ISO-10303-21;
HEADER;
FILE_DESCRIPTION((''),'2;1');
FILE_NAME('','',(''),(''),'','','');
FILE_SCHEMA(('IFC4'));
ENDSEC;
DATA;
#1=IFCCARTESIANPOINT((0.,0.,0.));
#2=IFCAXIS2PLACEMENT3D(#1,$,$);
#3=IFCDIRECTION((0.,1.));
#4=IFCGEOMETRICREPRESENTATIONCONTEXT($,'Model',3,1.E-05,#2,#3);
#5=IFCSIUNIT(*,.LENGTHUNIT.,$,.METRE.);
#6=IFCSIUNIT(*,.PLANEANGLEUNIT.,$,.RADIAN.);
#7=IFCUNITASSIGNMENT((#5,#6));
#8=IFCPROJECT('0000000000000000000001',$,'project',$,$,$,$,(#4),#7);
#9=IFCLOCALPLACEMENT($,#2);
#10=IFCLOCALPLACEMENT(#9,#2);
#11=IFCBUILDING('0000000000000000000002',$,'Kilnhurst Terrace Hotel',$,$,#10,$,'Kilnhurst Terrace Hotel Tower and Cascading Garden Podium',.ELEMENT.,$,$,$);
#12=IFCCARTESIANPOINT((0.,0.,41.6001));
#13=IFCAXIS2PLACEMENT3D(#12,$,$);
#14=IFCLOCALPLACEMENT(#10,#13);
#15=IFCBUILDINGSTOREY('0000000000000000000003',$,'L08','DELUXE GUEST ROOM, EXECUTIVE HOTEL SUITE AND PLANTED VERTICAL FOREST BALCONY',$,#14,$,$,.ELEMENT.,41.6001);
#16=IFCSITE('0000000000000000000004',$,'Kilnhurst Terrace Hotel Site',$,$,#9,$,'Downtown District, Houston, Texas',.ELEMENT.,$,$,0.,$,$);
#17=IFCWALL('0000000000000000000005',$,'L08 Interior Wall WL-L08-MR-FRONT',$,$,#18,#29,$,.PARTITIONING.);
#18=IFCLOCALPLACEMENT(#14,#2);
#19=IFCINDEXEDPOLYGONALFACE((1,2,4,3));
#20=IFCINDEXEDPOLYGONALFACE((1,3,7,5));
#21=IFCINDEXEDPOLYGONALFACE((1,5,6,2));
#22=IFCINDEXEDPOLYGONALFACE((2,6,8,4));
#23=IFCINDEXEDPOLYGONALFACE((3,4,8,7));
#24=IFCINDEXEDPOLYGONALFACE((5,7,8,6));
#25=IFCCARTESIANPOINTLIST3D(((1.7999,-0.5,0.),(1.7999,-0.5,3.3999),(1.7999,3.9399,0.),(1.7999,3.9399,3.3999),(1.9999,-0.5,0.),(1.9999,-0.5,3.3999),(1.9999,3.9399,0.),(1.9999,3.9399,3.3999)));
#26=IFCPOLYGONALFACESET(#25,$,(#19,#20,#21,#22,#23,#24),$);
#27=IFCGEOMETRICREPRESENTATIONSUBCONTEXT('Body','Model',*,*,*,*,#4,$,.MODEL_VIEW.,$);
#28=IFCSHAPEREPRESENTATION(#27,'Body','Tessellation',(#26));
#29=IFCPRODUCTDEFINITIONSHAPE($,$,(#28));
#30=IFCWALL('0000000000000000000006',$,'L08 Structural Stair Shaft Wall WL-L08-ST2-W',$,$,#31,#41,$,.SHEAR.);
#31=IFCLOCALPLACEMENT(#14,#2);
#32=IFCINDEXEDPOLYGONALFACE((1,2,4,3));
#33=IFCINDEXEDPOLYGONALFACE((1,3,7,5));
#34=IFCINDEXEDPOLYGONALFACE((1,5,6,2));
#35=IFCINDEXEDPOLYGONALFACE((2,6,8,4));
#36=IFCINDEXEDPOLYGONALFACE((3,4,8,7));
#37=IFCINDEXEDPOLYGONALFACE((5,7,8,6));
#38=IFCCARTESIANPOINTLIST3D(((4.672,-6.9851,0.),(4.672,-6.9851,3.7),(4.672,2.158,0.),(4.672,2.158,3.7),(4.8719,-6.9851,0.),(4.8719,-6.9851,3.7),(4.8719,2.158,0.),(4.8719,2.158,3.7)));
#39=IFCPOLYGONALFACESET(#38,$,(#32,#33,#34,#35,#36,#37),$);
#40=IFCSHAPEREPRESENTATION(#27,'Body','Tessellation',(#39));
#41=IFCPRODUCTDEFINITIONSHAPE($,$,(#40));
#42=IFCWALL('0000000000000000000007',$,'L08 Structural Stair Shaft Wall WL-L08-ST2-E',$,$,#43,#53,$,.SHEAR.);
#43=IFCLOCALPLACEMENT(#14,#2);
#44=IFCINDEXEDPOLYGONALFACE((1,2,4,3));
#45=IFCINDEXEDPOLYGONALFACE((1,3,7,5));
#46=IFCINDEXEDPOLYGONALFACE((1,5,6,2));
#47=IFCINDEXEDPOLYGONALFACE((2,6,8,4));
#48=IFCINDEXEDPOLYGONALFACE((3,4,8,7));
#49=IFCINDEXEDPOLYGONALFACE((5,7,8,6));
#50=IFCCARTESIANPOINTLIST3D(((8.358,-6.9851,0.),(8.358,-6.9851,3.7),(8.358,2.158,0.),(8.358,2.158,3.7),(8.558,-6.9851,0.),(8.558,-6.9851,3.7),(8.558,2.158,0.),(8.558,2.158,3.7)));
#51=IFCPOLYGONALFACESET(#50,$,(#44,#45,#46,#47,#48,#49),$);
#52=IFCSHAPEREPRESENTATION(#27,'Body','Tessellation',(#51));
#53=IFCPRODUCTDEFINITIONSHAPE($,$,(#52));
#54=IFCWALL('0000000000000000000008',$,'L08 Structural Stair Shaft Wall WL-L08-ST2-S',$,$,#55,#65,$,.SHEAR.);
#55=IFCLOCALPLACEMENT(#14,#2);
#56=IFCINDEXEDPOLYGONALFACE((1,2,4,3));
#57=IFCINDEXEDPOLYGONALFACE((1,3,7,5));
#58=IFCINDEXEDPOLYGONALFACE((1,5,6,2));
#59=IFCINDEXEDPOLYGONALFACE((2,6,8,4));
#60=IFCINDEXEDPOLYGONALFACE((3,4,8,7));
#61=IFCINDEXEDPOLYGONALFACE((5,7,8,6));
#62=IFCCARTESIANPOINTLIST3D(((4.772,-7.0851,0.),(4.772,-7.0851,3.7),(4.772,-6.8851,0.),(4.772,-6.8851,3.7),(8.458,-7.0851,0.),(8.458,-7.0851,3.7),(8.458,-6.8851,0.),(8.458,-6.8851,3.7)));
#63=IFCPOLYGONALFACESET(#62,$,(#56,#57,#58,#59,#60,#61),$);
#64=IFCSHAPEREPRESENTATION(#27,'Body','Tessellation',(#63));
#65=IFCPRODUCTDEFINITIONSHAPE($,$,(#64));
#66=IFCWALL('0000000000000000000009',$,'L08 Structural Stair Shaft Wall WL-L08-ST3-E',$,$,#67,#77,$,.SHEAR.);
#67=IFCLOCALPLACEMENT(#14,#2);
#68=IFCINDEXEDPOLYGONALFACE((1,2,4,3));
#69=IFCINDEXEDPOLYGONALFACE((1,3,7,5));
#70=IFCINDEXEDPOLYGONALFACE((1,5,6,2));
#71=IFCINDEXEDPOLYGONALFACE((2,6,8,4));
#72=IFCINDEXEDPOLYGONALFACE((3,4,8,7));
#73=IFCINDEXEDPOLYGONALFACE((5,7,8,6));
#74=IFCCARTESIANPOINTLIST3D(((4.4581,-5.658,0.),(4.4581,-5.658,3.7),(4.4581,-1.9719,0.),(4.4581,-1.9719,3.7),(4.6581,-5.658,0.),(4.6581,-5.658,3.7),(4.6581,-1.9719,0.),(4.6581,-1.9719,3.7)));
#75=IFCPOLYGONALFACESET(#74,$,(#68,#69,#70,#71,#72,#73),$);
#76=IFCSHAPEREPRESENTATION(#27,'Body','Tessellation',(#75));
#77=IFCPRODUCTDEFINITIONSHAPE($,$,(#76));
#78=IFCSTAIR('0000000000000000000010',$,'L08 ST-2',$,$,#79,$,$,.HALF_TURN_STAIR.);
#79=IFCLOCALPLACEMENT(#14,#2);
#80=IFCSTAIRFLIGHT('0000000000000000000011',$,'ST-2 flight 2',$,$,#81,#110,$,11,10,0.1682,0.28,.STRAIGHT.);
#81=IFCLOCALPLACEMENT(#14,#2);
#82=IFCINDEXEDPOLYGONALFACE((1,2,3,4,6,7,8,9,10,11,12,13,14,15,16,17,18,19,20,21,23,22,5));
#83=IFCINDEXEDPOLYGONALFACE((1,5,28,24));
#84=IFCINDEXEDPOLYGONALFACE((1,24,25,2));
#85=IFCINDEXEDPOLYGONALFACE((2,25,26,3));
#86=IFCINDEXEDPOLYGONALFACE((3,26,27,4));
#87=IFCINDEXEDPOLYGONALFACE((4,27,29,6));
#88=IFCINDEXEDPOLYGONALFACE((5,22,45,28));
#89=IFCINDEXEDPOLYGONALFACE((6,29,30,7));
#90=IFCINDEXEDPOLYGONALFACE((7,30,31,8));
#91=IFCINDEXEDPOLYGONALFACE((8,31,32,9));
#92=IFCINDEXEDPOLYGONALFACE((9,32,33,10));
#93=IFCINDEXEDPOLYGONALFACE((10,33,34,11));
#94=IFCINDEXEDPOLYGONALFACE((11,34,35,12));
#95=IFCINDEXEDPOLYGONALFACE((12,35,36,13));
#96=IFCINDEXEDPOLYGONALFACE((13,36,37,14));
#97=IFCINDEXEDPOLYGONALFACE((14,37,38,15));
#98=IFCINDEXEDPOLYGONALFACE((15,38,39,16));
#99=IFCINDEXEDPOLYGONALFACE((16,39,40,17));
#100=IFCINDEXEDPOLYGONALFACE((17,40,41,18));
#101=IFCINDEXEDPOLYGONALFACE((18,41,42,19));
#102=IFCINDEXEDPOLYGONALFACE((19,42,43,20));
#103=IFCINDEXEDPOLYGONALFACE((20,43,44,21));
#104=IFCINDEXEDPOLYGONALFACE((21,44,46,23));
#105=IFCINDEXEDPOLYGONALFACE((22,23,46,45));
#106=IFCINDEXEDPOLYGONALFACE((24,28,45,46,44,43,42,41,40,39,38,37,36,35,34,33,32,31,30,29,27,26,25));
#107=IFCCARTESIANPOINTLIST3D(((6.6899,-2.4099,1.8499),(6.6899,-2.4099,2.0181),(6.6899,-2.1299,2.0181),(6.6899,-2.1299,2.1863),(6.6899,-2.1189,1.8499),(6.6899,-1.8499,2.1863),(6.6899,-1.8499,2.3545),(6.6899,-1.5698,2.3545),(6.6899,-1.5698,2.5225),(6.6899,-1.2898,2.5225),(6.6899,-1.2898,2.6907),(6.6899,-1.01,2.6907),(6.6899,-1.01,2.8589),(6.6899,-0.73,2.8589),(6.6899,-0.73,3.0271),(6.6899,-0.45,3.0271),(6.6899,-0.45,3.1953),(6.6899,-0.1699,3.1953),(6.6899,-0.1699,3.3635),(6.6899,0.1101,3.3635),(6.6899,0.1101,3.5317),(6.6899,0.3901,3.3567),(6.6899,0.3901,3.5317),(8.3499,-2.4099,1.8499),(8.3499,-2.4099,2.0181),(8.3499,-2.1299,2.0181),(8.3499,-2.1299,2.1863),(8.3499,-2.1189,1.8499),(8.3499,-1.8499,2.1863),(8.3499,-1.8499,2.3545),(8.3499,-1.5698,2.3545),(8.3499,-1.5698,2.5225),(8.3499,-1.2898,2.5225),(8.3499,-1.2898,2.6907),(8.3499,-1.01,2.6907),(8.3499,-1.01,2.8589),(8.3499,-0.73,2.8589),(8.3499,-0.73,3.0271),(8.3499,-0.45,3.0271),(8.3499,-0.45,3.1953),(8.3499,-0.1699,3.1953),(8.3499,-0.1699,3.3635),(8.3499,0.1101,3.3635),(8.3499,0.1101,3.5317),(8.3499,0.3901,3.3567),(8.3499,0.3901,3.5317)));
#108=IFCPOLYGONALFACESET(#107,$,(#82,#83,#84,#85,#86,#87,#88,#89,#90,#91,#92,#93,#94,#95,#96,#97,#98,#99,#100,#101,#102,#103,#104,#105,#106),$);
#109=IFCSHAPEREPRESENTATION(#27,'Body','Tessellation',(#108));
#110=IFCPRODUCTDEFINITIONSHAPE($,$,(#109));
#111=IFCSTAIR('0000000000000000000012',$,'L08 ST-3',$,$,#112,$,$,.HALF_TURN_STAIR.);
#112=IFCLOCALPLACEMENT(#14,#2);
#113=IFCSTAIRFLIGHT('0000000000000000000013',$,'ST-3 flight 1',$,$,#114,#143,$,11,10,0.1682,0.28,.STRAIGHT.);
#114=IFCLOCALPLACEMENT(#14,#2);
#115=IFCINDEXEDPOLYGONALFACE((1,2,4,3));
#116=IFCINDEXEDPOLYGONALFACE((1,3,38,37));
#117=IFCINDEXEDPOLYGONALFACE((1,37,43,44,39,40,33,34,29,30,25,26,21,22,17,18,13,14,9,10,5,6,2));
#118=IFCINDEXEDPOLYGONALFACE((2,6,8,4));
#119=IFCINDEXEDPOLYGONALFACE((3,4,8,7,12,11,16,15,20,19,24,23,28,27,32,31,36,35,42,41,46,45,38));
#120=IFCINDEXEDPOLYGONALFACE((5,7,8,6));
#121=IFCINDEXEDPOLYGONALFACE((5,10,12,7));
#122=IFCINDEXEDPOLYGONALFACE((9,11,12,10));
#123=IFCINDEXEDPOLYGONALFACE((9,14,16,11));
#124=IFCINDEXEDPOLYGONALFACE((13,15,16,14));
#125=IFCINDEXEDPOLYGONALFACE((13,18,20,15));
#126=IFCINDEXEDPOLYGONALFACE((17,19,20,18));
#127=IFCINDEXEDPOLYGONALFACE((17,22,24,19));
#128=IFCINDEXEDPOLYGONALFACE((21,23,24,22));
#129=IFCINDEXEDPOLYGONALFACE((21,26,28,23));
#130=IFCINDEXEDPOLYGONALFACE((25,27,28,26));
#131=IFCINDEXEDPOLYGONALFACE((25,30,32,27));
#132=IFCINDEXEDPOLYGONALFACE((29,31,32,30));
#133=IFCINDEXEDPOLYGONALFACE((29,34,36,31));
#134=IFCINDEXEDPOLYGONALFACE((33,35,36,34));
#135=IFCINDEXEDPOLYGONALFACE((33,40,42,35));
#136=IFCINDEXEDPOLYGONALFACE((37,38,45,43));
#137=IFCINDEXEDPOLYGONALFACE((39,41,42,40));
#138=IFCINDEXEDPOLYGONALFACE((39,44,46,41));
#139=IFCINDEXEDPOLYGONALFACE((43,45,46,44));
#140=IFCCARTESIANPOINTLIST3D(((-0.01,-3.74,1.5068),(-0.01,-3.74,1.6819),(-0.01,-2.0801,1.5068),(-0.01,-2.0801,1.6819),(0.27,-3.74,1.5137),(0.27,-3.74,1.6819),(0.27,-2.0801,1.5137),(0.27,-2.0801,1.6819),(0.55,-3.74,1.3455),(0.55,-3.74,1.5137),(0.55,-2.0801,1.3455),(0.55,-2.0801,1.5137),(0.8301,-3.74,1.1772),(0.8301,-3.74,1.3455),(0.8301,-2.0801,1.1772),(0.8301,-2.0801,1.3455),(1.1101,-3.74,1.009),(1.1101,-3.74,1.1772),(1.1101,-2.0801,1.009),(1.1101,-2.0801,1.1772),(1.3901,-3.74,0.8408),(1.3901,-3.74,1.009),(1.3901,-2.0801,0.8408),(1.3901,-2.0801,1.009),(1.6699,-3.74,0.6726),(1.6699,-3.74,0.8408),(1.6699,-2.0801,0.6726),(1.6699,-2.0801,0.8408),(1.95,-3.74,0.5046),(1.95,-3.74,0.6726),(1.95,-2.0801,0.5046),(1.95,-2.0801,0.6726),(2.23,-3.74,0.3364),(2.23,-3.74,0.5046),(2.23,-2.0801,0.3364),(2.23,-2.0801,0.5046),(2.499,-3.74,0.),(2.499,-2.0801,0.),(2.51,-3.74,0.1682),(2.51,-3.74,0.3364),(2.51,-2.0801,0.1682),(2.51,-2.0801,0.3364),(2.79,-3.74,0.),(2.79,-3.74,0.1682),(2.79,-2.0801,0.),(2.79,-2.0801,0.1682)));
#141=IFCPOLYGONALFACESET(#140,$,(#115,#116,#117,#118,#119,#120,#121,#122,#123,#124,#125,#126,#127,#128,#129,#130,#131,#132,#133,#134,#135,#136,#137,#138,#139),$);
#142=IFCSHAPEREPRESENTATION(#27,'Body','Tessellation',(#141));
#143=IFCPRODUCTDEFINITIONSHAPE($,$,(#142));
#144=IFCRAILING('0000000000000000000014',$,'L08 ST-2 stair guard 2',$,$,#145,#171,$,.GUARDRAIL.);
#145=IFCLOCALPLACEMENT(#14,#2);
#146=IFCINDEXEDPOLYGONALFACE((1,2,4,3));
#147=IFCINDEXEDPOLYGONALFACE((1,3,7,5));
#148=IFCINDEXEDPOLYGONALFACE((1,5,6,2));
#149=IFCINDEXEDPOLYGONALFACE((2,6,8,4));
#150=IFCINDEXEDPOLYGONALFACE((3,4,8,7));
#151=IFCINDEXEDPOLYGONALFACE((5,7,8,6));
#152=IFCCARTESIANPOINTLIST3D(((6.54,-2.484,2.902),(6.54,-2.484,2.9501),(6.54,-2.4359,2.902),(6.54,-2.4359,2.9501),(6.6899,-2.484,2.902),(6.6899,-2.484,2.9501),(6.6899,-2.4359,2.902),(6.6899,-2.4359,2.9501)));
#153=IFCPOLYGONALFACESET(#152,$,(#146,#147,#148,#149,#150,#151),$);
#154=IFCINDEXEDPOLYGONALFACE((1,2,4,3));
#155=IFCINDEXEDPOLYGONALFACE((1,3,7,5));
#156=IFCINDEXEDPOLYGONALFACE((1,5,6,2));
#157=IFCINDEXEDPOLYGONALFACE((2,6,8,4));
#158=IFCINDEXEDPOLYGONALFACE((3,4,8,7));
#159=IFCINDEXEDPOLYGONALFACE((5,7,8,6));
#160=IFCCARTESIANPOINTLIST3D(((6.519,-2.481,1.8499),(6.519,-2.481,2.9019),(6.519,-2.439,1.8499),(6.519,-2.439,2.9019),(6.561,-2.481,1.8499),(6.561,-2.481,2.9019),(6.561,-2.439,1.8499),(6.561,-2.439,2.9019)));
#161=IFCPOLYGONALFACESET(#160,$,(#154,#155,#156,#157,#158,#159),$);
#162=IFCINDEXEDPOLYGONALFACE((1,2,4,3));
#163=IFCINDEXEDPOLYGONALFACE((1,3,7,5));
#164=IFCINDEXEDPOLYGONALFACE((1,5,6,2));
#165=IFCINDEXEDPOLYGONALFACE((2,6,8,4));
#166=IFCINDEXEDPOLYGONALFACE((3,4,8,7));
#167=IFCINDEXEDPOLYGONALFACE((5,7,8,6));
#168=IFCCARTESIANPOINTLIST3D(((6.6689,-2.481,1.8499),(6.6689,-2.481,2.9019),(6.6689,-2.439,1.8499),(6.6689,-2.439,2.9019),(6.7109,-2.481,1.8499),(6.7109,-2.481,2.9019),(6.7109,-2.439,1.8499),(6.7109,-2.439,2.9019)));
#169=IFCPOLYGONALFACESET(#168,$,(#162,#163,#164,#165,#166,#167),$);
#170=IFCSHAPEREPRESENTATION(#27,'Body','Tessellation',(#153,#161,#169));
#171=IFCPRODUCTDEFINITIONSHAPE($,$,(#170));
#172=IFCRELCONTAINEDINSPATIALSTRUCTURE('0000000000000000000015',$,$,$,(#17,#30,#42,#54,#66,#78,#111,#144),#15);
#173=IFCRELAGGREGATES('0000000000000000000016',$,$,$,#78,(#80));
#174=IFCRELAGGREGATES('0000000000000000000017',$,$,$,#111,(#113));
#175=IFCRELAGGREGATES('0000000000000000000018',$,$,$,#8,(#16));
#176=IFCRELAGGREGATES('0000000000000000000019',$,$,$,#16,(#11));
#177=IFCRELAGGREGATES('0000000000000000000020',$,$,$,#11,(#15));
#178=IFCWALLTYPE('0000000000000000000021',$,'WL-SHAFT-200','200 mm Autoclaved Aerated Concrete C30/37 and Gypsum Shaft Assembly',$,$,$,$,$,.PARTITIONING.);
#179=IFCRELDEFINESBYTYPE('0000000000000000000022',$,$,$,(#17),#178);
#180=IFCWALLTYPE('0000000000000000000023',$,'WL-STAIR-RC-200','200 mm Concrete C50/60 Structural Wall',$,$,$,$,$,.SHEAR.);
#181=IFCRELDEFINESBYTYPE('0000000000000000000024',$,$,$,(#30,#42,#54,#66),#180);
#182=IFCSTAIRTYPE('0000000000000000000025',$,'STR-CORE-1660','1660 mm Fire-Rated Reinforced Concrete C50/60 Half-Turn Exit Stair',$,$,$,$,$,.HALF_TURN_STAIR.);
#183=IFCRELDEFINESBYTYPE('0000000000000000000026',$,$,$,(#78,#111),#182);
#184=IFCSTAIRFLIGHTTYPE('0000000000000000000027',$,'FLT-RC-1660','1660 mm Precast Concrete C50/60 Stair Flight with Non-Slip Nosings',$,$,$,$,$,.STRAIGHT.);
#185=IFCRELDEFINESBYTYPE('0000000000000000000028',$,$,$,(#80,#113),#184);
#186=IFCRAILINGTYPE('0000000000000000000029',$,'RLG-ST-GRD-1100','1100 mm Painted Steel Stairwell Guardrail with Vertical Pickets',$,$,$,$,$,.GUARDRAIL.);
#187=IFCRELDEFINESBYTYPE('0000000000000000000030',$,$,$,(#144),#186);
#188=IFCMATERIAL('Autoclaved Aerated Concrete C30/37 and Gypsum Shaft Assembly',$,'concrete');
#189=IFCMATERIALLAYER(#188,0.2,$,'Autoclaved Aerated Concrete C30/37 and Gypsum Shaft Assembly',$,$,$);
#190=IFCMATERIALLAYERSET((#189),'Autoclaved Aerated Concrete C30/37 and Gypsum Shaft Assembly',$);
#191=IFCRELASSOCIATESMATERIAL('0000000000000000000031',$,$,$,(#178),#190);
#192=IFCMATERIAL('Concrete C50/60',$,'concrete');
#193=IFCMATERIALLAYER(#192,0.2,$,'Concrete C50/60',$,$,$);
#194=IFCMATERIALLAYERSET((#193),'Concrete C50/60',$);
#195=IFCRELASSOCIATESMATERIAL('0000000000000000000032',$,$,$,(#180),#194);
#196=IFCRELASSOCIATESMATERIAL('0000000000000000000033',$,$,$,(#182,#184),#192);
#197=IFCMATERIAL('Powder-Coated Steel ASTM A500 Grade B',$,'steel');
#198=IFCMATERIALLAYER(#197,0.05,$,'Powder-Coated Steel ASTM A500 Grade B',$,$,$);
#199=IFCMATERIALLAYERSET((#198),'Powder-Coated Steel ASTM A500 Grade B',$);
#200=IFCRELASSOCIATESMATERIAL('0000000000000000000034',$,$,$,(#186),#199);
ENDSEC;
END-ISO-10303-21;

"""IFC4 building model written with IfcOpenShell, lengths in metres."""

from ifc_helpers import new_model, si_unit, direction, frame, frame_2d, origin, origin_2d, place, context, subcontext, project, spatial, polyline, rectangle, outline, extrude, material, layer, layer_set, type_object, element, aggregate, save


model = new_model("IFC4")

# Units and contexts
model_context = context("Model", 3, precision=1e-05, world=origin(), true_north=direction((0.0, 1.0)))
body_context = subcontext(model_context, "Body", "Model", "MODEL_VIEW")
ifc_project = project(units=[si_unit("LENGTHUNIT", "METRE"), si_unit("PLANEANGLEUNIT", "RADIAN")], contexts=[model_context])

# Site, building, storey
site_placement = place(None, origin())
site = spatial("IfcSite", under=ifc_project, at=site_placement, Name="Kilnhurst Terrace Hotel Site", LongName="Downtown District, Houston, Texas", CompositionType="ELEMENT", RefElevation=0.0)
building_placement = place(site_placement, origin())
building = spatial("IfcBuilding", under=site, at=building_placement, Name="Kilnhurst Terrace Hotel", LongName="Kilnhurst Terrace Hotel Tower and Cascading Garden Podium", CompositionType="ELEMENT")
storey_placement = place(building_placement, frame((0.0, 0.0, 41.6001)))
storey = spatial("IfcBuildingStorey", under=building, at=storey_placement, Name="L08", Description="DELUXE GUEST ROOM, EXECUTIVE HOTEL SUITE AND PLANTED VERTICAL FOREST BALCONY", CompositionType="ELEMENT", Elevation=41.6001)

# Shared definitions
ifc_material_1 = material(Name="Concrete C50/60", Category="concrete")

# Walls
ifc_material_2 = material(Name="Autoclaved Aerated Concrete C30/37 and Gypsum Shaft Assembly", Category="concrete")
ifc_layer_1 = layer(ifc_material_2, 0.2, Name="Autoclaved Aerated Concrete C30/37 and Gypsum Shaft Assembly")
ifc_layer_set_1 = layer_set([ifc_layer_1], Name="Autoclaved Aerated Concrete C30/37 and Gypsum Shaft Assembly")
wall_type_1 = type_object("IfcWallType", Name="WL-SHAFT-200", Description="200 mm Autoclaved Aerated Concrete C30/37 and Gypsum Shaft Assembly", PredefinedType="PARTITIONING", material=ifc_layer_set_1)
wall_1_placement = place(storey_placement, frame((1.8999, -0.5, 0.0), z_axis=(0.0, 0.0, 1.0), x_axis=(0.0, 1.0, 0.0)))
element("IfcWall", 1, at=wall_1_placement, inside=storey, type_object=wall_type_1, Name="L08 Interior Wall WL-L08-MR-FRONT", PredefinedType="PARTITIONING", context=body_context, shape_type="SweptSolid", body=[
    extrude(rectangle(XDim=4.4399, YDim=0.2, at=frame_2d((2.22, 0.0))), origin(), (0.0, 0.0, 1.0), 3.3999),
])
ifc_layer_2 = layer(ifc_material_1, 0.2, Name="Concrete C50/60")
ifc_layer_set_2 = layer_set([ifc_layer_2], Name="Concrete C50/60")
wall_type_2 = type_object("IfcWallType", Name="WL-STAIR-RC-200", Description="200 mm Concrete C50/60 Structural Wall", PredefinedType="SHEAR", material=ifc_layer_set_2)
for number, where, z_axis, x_axis, name in (
    (2, (4.772, -6.9851, 0.0), (0.0, 0.0, 1.0), (0.0, 1.0, 0.0), "L08 Structural Stair Shaft Wall WL-L08-ST2-W"),
    (3, (8.458, -6.9851, 0.0), (0.0, 0.0, 1.0), (0.0, 1.0, 0.0), "L08 Structural Stair Shaft Wall WL-L08-ST2-E"),
):
    element("IfcWall", number, at=place(storey_placement, frame(where, z_axis=z_axis, x_axis=x_axis)), inside=storey, type_object=wall_type_2, Name=name, PredefinedType="SHEAR", context=body_context, shape_type="SweptSolid", body=[
        extrude(rectangle(XDim=9.1431, YDim=0.2, at=frame_2d((4.5715, 0.0))), origin(), (0.0, 0.0, 1.0), 3.7),
    ])
for number, where, z_axis, x_axis, name in (
    (4, (4.772, -6.9851, 0.0), (0.0, 0.0, 1.0), (1.0, 0.0, 0.0), "L08 Structural Stair Shaft Wall WL-L08-ST2-S"),
    (5, (4.5581, -5.658, 0.0), (0.0, 0.0, 1.0), (0.0, 1.0, 0.0), "L08 Structural Stair Shaft Wall WL-L08-ST3-E"),
):
    element("IfcWall", number, at=place(storey_placement, frame(where, z_axis=z_axis, x_axis=x_axis)), inside=storey, type_object=wall_type_2, Name=name, PredefinedType="SHEAR", context=body_context, shape_type="SweptSolid", body=[
        extrude(rectangle(XDim=3.686, YDim=0.2, at=frame_2d((1.843, 0.0))), origin(), (0.0, 0.0, 1.0), 3.7),
    ])

# Stairs, stair flights
stair_type = type_object("IfcStairType", Name="STR-CORE-1660", Description="1660 mm Fire-Rated Reinforced Concrete C50/60 Half-Turn Exit Stair", PredefinedType="HALF_TURN_STAIR", material=ifc_material_1)
stair_1_placement = place(storey_placement, origin())
stair_1 = element("IfcStair", 6, at=stair_1_placement, inside=storey, type_object=stair_type, Name="L08 ST-2", PredefinedType="HALF_TURN_STAIR")
stair_flight_type = type_object("IfcStairFlightType", Name="FLT-RC-1660", Description="1660 mm Precast Concrete C50/60 Stair Flight with Non-Slip Nosings", PredefinedType="STRAIGHT", material=ifc_material_1)
stair_flight_1_placement = place(storey_placement, frame((7.52, -2.4099, 1.8499), z_axis=(0.0, 0.0, 1.0), x_axis=(0.0, 1.0, 0.0)))
stair_flight_1 = element("IfcStairFlight", 7, at=stair_flight_1_placement, type_object=stair_flight_type, Name="ST-2 flight 2", NumberOfRisers=11, NumberOfTreads=10, PredefinedType="STRAIGHT", RiserHeight=0.1682, TreadLength=0.28, context=body_context, shape_type="SweptSolid", body=[
    extrude(outline(polyline([(0.0, 0.0), (0.0, 0.1682), (0.28, 0.1682), (0.28, 0.3364), (0.5601, 0.3364), (0.5601, 0.5046), (0.8401, 0.5046), (0.8401, 0.6726), (1.1201, 0.6726), (1.1201, 0.8408), (1.3999, 0.8408), (1.3999, 1.009), (1.6799, 1.009), (1.6799, 1.1772), (1.96, 1.1772), (1.96, 1.3455), (2.24, 1.3455), (2.24, 1.5137), (2.52, 1.5137), (2.52, 1.6819), (2.8, 1.6819), (2.8, 1.8501), (2.8, 1.5068), (0.291, 0.0), (0.0, 0.0)])), frame((0.0, 0.8301, 0.0), z_axis=(0.0, -1.0, 0.0), x_axis=(1.0, 0.0, 0.0)), (0.0, 0.0, 1.0), 1.6599),
])
aggregate(stair_1, [stair_flight_1])
stair_2_placement = place(storey_placement, origin())
stair_2 = element("IfcStair", 8, at=stair_2_placement, inside=storey, type_object=stair_type, Name="L08 ST-3", PredefinedType="HALF_TURN_STAIR")
stair_flight_2_placement = place(storey_placement, frame((2.79, -2.9099, 0.0), z_axis=(0.0, 0.0, 1.0), x_axis=(-1.0, 0.0, 0.0)))
stair_flight_2 = element("IfcStairFlight", 9, at=stair_flight_2_placement, type_object=stair_flight_type, Name="ST-3 flight 1", NumberOfRisers=11, NumberOfTreads=10, PredefinedType="STRAIGHT", RiserHeight=0.1682, TreadLength=0.28, context=body_context, shape_type="SweptSolid", body=[
    extrude(outline(polyline([(0.0, 0.0), (0.0, 0.1682), (0.28, 0.1682), (0.28, 0.3364), (0.5601, 0.3364), (0.5601, 0.5046), (0.8401, 0.5046), (0.8401, 0.6726), (1.1201, 0.6726), (1.1201, 0.8408), (1.3999, 0.8408), (1.3999, 1.009), (1.6799, 1.009), (1.6799, 1.1772), (1.96, 1.1772), (1.96, 1.3455), (2.24, 1.3455), (2.24, 1.5137), (2.52, 1.5137), (2.52, 1.6819), (2.8, 1.6819), (2.8, 1.8501), (2.8, 1.5068), (0.291, 0.0), (0.0, 0.0)])), frame((0.0, 0.8301, 0.0), z_axis=(0.0, -1.0, 0.0), x_axis=(1.0, 0.0, 0.0)), (0.0, 0.0, 1.0), 1.6599),
])
aggregate(stair_2, [stair_flight_2])

# Railing
ifc_material_3 = material(Name="Powder-Coated Steel ASTM A500 Grade B", Category="steel")
ifc_layer_3 = layer(ifc_material_3, 0.05, Name="Powder-Coated Steel ASTM A500 Grade B")
ifc_layer_set_3 = layer_set([ifc_layer_3], Name="Powder-Coated Steel ASTM A500 Grade B")
railing_type_1 = type_object("IfcRailingType", Name="RLG-ST-GRD-1100", Description="1100 mm Painted Steel Stairwell Guardrail with Vertical Pickets", PredefinedType="GUARDRAIL", material=ifc_layer_set_3)
railing_1_placement = place(storey_placement, frame((6.54, -2.46, 1.8499)))
element("IfcRailing", 10, at=railing_1_placement, inside=storey, type_object=railing_type_1, Name="L08 ST-2 stair guard 2", PredefinedType="GUARDRAIL", context=body_context, shape_type="SweptSolid", body=[
    extrude(rectangle(XDim=0.0481, YDim=0.0481, at=origin_2d()), frame((0.0, 0.0, 1.0762), z_axis=(1.0, 0.0, 0.0), x_axis=(0.0, 1.0, 0.0)), (0.0, 0.0, 1.0), 0.1499),
    extrude(rectangle(XDim=0.042, YDim=0.042, at=origin_2d()), origin(), (0.0, 0.0, 1.0), 1.052),
    extrude(rectangle(XDim=0.042, YDim=0.042, at=origin_2d()), frame((0.1499, 0.0, 0.0)), (0.0, 0.0, 1.0), 1.052),
])

save(model, "model.ifc")
